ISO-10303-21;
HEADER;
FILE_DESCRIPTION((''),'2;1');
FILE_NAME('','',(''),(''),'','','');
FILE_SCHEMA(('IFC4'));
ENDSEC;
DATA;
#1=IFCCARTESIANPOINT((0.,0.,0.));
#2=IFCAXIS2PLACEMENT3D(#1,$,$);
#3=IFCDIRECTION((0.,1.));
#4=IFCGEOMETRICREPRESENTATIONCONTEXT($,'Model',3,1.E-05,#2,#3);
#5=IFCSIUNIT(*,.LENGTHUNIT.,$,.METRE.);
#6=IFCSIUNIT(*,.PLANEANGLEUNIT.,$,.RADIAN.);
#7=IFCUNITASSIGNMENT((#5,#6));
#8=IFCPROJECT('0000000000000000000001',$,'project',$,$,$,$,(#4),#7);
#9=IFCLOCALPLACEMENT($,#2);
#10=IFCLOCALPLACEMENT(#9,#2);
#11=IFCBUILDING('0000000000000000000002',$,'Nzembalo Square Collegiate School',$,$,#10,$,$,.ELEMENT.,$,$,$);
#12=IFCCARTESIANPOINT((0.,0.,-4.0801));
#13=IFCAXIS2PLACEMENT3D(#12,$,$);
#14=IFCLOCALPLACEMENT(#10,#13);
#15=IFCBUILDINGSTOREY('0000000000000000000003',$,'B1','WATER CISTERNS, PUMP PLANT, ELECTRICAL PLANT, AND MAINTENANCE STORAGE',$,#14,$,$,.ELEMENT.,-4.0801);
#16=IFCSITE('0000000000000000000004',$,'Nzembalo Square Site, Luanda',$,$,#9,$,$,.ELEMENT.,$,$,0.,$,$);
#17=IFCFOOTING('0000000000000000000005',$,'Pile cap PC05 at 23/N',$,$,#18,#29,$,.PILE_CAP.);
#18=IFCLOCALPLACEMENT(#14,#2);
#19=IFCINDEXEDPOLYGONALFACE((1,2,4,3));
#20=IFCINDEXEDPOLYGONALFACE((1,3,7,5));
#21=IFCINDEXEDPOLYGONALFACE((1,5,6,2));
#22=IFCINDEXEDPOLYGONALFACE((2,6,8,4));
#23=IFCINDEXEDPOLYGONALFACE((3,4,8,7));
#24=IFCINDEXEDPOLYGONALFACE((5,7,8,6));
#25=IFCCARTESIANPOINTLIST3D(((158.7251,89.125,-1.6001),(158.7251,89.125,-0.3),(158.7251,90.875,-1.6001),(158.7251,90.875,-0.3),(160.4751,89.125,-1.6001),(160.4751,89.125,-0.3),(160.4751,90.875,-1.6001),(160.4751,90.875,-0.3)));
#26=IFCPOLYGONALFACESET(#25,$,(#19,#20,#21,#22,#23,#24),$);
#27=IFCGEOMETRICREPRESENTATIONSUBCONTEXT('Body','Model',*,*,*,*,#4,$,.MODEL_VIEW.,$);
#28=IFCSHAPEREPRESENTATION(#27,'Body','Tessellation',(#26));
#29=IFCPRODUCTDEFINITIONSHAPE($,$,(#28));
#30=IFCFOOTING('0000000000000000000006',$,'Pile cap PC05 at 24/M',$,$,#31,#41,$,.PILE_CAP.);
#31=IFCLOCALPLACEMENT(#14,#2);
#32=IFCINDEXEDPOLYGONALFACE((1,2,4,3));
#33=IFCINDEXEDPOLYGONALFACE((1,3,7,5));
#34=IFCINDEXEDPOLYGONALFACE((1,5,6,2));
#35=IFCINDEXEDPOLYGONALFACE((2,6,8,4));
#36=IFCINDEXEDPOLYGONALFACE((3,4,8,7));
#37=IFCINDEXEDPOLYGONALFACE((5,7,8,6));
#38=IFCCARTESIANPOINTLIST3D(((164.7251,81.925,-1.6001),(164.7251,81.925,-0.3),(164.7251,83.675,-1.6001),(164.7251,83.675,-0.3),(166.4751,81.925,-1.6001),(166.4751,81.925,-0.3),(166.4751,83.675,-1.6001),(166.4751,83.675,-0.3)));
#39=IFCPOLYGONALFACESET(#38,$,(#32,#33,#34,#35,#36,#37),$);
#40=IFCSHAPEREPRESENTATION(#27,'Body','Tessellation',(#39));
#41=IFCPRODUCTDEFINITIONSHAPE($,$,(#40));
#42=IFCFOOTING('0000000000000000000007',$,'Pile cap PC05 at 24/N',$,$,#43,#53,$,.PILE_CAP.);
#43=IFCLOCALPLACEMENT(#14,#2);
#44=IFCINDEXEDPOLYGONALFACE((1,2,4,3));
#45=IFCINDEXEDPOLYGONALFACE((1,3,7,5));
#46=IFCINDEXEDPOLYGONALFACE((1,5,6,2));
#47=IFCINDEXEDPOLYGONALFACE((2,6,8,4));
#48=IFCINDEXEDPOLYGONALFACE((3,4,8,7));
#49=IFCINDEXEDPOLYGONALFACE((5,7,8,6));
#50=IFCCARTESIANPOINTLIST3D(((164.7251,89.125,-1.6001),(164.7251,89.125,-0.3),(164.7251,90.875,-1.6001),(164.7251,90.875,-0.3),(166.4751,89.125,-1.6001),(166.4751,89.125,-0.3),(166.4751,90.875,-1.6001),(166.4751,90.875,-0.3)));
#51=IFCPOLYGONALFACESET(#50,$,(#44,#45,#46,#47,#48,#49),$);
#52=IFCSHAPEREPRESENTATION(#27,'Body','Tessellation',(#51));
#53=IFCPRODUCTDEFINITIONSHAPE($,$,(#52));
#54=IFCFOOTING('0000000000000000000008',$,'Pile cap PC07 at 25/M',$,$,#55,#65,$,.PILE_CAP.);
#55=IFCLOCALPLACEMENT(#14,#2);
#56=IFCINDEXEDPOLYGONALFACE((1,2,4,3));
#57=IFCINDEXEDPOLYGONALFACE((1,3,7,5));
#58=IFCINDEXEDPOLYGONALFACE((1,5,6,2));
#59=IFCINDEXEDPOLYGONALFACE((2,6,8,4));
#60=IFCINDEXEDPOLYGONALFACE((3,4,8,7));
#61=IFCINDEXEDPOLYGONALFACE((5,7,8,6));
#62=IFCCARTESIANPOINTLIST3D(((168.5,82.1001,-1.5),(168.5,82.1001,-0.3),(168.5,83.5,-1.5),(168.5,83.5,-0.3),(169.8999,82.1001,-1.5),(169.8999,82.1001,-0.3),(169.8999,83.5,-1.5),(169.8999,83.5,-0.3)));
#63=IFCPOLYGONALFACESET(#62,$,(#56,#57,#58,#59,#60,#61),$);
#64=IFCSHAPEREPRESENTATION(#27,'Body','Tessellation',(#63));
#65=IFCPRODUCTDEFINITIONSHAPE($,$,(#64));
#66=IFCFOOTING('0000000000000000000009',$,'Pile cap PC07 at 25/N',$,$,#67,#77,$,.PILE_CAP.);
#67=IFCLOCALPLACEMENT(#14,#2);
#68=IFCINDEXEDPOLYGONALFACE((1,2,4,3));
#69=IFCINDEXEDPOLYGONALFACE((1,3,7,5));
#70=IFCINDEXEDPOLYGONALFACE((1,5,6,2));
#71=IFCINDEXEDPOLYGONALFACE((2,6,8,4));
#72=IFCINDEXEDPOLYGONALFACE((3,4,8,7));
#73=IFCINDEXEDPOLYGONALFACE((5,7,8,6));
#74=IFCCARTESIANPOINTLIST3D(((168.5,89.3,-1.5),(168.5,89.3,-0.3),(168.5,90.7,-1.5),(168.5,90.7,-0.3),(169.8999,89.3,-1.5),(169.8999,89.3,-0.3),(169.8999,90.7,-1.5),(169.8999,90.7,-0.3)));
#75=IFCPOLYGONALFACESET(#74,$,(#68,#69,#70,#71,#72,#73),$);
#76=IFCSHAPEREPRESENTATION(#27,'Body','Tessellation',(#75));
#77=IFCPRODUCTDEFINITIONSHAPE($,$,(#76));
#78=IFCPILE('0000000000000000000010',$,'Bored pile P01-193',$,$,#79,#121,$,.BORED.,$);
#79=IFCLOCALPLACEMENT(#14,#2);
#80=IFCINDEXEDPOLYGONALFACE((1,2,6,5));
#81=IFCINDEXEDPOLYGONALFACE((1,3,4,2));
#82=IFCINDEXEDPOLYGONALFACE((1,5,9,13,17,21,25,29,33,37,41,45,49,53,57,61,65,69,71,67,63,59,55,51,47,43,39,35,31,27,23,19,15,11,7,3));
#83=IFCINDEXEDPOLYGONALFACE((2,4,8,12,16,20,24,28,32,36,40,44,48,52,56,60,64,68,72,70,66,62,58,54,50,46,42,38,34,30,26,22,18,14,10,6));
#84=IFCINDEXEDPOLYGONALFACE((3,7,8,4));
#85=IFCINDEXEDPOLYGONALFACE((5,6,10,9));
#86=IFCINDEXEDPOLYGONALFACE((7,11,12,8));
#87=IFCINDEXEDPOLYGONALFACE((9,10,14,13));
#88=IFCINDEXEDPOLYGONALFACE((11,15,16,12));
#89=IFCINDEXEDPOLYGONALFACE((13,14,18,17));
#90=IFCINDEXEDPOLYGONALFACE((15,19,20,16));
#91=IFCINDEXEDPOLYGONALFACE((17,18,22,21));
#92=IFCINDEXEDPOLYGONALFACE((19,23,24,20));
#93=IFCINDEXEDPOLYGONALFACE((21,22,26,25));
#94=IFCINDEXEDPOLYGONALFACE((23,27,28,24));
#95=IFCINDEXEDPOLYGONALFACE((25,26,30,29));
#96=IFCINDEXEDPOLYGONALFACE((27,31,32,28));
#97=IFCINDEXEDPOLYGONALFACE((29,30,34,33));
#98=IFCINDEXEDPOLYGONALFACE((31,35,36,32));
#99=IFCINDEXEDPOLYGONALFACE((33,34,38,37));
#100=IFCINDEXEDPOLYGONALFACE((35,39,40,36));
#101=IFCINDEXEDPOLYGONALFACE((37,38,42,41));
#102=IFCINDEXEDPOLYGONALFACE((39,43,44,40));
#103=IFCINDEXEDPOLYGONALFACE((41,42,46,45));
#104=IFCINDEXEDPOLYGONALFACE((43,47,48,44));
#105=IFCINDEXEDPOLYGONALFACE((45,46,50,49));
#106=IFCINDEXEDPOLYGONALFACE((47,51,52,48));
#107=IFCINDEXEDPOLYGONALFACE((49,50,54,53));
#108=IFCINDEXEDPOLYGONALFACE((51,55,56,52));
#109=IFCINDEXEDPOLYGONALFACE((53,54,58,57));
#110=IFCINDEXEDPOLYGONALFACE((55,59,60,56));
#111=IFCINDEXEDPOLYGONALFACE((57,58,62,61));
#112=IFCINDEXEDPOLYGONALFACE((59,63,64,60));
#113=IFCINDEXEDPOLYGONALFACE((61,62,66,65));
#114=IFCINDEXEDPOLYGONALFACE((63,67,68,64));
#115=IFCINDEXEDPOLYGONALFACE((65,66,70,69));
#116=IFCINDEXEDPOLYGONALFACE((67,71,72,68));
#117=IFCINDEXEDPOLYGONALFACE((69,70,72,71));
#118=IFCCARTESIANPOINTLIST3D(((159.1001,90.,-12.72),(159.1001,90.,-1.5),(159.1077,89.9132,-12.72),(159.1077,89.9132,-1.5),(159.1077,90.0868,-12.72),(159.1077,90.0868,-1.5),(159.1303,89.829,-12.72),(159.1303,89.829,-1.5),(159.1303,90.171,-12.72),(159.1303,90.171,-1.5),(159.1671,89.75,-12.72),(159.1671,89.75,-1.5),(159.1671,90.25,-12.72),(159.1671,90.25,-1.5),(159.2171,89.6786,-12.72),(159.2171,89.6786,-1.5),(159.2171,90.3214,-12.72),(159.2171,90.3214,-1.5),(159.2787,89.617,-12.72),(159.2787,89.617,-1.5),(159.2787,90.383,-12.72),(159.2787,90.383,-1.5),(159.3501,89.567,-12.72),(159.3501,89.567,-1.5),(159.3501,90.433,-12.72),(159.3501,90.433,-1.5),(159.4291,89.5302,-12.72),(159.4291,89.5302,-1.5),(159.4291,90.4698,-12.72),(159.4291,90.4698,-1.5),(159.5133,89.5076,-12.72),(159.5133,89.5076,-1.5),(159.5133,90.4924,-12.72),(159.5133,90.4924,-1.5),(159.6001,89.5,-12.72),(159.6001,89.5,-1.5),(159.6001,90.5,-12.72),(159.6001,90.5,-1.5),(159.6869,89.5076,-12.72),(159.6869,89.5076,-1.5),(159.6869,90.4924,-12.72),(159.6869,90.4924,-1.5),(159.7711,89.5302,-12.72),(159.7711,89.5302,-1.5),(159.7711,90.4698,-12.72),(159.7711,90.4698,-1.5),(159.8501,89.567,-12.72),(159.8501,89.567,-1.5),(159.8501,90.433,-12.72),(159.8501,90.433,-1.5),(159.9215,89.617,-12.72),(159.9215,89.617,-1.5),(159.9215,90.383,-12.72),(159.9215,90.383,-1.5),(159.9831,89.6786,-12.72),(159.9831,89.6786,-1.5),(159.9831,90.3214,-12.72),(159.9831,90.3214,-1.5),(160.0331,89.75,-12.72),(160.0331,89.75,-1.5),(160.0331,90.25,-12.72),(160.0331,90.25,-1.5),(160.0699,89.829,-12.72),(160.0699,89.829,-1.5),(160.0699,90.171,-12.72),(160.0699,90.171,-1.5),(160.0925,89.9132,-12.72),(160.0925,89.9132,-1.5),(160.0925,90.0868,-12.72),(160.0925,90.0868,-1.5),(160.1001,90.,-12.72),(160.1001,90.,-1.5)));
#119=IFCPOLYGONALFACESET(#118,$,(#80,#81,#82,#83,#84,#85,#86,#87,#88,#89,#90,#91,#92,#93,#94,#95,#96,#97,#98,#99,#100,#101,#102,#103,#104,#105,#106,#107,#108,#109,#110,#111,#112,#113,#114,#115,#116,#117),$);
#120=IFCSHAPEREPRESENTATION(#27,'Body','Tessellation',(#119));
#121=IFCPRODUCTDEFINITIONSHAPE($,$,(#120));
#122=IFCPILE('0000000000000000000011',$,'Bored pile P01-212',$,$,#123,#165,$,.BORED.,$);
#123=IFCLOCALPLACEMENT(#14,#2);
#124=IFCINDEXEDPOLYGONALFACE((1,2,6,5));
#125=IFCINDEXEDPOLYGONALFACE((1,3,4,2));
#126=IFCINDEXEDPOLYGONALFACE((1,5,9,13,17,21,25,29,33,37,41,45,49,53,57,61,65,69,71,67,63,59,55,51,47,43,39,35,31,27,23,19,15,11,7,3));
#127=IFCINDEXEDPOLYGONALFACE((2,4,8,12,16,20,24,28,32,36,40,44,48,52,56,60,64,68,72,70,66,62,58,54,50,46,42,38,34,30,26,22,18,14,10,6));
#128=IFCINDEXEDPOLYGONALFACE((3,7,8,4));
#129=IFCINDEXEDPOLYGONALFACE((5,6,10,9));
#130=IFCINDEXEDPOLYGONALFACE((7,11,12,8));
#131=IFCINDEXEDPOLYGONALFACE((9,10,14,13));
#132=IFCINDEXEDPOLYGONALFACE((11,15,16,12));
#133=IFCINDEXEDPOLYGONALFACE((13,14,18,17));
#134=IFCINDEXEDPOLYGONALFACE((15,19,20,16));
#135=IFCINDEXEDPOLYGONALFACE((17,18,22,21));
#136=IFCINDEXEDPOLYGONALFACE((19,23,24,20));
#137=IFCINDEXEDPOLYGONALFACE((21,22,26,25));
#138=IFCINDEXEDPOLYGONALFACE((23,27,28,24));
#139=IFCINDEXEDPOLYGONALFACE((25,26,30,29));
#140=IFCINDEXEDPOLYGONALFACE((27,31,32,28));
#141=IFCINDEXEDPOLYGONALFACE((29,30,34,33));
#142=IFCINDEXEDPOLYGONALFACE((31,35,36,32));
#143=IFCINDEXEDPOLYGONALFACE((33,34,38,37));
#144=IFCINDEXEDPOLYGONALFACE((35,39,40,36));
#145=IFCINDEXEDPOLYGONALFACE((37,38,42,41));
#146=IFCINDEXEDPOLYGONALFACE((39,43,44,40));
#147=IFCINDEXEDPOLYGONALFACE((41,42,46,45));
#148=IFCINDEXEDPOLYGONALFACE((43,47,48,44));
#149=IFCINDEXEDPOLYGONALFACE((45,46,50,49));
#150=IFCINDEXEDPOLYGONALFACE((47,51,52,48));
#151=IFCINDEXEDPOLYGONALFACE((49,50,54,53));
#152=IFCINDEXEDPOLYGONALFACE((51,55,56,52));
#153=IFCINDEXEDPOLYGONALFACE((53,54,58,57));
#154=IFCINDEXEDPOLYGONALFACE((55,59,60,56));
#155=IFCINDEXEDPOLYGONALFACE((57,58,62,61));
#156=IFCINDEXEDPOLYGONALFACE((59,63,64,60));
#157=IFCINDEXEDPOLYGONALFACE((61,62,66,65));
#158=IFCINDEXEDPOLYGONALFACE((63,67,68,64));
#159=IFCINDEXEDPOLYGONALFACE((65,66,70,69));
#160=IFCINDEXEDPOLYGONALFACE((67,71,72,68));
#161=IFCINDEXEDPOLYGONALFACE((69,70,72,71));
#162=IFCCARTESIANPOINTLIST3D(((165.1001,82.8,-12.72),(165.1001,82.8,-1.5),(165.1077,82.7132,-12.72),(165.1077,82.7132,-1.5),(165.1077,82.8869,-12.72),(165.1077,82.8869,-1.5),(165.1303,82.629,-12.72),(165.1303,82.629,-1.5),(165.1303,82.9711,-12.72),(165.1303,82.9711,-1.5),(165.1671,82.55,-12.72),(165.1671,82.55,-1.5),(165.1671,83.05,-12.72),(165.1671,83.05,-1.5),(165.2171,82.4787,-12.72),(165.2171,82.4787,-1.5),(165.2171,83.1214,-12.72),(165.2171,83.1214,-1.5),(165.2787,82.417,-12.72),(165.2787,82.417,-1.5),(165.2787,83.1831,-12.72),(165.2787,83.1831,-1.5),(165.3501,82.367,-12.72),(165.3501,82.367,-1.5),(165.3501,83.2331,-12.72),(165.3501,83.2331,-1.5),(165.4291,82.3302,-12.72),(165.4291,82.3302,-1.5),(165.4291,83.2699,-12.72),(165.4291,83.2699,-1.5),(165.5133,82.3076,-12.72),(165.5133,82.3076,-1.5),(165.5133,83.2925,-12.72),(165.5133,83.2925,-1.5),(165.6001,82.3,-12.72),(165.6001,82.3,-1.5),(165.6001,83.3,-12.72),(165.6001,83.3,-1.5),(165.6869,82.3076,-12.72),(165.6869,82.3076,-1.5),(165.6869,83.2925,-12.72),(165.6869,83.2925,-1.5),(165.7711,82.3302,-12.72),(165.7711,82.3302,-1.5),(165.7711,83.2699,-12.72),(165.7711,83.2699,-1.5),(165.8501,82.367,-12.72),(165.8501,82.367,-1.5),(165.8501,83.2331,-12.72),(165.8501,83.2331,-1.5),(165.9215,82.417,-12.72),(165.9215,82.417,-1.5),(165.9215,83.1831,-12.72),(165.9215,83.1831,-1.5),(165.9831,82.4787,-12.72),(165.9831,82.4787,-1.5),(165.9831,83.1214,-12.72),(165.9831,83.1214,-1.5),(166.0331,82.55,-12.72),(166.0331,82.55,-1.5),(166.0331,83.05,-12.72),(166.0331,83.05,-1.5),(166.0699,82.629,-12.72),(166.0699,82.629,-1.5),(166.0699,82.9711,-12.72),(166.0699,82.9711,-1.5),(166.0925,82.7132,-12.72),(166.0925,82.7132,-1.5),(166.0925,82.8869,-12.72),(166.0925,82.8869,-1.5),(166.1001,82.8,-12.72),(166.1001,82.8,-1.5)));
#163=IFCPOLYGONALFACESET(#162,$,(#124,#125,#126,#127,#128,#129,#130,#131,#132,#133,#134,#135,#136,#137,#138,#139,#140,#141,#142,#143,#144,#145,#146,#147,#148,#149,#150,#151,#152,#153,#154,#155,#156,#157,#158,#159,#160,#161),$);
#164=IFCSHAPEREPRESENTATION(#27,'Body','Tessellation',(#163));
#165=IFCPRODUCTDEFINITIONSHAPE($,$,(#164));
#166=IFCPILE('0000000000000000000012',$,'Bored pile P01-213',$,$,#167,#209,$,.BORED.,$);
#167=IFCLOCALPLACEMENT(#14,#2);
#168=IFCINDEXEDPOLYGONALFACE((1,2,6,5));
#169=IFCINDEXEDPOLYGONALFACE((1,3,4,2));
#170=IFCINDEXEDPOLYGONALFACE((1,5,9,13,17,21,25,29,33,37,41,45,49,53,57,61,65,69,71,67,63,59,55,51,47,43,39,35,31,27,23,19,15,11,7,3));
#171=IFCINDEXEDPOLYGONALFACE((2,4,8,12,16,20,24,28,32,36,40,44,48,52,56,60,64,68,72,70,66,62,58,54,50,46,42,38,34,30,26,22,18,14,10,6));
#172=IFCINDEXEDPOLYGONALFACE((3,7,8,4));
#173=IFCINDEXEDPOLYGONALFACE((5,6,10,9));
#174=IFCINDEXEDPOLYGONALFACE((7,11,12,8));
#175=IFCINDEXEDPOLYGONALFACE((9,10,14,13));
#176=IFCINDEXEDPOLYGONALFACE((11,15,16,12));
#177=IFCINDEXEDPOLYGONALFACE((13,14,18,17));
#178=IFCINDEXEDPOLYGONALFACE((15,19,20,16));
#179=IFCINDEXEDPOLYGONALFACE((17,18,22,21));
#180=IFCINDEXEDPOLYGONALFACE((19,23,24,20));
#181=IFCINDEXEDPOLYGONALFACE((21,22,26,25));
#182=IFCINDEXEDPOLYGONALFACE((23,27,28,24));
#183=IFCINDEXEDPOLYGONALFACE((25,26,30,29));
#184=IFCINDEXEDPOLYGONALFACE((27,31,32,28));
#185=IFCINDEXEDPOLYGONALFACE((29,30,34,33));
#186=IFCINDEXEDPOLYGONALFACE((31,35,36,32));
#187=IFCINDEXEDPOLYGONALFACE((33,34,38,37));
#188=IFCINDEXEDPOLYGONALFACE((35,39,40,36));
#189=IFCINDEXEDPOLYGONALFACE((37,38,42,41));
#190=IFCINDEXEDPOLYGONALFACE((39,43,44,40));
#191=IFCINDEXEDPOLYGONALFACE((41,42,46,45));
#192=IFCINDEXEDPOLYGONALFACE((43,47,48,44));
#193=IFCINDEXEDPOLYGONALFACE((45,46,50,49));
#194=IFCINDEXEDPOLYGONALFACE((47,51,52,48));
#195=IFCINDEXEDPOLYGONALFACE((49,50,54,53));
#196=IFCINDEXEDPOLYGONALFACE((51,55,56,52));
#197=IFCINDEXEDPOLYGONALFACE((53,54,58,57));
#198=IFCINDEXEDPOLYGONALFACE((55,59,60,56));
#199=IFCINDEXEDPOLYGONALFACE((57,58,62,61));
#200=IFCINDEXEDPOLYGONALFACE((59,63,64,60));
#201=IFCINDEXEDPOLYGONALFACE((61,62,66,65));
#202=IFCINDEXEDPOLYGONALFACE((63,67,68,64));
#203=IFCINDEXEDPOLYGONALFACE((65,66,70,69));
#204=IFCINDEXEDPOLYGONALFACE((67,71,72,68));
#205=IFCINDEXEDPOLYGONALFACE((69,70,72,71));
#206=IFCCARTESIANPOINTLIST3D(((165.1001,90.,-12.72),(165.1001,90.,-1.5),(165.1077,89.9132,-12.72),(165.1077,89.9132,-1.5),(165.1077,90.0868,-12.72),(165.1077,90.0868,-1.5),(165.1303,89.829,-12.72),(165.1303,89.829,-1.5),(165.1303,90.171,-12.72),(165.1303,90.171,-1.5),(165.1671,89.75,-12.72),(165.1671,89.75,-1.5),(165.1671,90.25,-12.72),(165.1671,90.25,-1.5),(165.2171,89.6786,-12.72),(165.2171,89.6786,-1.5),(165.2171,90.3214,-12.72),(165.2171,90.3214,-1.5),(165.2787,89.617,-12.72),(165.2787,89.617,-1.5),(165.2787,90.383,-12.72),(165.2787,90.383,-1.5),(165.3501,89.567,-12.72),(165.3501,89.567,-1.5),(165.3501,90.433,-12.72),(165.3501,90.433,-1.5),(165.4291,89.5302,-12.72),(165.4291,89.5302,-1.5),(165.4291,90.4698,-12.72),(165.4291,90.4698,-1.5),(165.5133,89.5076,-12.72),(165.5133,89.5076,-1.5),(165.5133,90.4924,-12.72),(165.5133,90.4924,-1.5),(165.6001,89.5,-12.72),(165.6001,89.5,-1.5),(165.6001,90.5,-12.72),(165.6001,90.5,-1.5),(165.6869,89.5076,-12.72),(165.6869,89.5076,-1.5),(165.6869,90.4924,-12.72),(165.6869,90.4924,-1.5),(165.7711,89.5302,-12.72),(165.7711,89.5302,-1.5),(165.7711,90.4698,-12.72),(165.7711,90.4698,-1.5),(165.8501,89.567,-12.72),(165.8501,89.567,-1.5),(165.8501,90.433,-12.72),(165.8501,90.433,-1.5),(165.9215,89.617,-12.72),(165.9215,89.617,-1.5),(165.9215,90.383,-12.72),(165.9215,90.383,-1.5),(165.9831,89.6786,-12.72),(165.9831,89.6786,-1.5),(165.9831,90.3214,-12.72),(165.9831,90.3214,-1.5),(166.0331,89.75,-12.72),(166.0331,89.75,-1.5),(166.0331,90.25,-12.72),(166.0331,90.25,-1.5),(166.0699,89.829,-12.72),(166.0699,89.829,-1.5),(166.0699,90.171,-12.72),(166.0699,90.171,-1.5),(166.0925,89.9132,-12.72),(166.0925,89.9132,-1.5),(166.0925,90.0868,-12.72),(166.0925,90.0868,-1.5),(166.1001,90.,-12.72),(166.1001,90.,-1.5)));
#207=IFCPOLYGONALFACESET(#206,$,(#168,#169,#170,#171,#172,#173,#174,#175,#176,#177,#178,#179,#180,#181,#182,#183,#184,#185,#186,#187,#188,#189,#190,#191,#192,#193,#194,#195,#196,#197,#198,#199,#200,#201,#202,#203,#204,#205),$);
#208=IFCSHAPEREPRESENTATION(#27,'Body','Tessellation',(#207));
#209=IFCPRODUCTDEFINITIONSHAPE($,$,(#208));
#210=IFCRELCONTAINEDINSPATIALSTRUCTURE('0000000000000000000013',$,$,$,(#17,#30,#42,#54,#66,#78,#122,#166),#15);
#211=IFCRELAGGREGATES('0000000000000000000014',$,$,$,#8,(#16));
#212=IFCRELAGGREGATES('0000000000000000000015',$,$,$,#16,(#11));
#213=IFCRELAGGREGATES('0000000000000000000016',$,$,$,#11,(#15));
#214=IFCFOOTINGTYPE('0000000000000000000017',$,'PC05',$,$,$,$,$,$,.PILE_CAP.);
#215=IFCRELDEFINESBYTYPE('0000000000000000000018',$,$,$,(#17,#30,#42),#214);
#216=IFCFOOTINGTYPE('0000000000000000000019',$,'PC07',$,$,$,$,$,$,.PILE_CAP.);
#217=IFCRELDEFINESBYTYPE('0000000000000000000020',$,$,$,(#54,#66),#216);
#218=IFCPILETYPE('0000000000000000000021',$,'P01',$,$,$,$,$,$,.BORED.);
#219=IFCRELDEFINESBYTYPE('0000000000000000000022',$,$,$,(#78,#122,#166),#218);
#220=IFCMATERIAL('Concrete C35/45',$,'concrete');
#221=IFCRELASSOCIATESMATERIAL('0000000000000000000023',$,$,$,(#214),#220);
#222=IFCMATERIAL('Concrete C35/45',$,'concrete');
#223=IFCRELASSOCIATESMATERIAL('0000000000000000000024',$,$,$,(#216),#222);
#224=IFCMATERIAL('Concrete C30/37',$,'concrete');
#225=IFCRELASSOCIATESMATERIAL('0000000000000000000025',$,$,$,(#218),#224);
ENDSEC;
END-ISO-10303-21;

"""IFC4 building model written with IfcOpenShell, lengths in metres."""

from ifc_helpers import new_model, si_unit, direction, frame, origin, origin_2d, place, context, subcontext, project, spatial, rectangle, circle, extrude, material, material_profile, profile_set, type_object, element, save


model = new_model("IFC4")

# Units and contexts
model_context = context("Model", 3, precision=1e-05, world=origin(), true_north=direction((0.0, 1.0)))
body_context = subcontext(model_context, "Body", "Model", "MODEL_VIEW")
ifc_project = project(units=[si_unit("LENGTHUNIT", "METRE"), si_unit("PLANEANGLEUNIT", "RADIAN")], contexts=[model_context])

# Site, building, storey
site_placement = place(None, origin())
site = spatial("IfcSite", under=ifc_project, at=site_placement, Name="Nzembalo Square Site, Luanda", CompositionType="ELEMENT", RefElevation=0.0)
building_placement = place(site_placement, origin())
building = spatial("IfcBuilding", under=site, at=building_placement, Name="Nzembalo Square Collegiate School", CompositionType="ELEMENT")
storey_placement = place(building_placement, frame((0.0, 0.0, -4.0801)))
storey = spatial("IfcBuildingStorey", under=building, at=storey_placement, Name="B1", Description="WATER CISTERNS, PUMP PLANT, ELECTRICAL PLANT, AND MAINTENANCE STORAGE", CompositionType="ELEMENT", Elevation=-4.0801)

# Footings
ifc_material_1 = material(Name="Concrete C35/45", Category="concrete")
footing_type_1 = type_object("IfcFootingType", Name="PC05", PredefinedType="PILE_CAP", material=ifc_material_1)
for number, where, z_axis, x_axis, name in (
    (1, (159.6001, 90.0, -1.6001), (0.0, 0.0, 1.0), (1.0, 0.0, 0.0), "Pile cap PC05 at 23/N"),
    (2, (165.6001, 82.8, -1.6001), (0.0, 0.0, 1.0), (1.0, 0.0, 0.0), "Pile cap PC05 at 24/M"),
    (3, (165.6001, 90.0, -1.6001), (0.0, 0.0, 1.0), (1.0, 0.0, 0.0), "Pile cap PC05 at 24/N"),
):
    element("IfcFooting", number, at=place(storey_placement, frame(where, z_axis=z_axis, x_axis=x_axis)), inside=storey, type_object=footing_type_1, Name=name, PredefinedType="PILE_CAP", context=body_context, shape_type="SweptSolid", body=[
        extrude(rectangle(XDim=1.75, YDim=1.75, at=origin_2d()), origin(), (0.0, 0.0, 1.0), 1.3),
    ])
ifc_material_2 = material(Name="Concrete C35/45", Category="concrete")
footing_type_2 = type_object("IfcFootingType", Name="PC07", PredefinedType="PILE_CAP", material=ifc_material_2)
for number, where, z_axis, x_axis, name in (
    (4, (169.2, 82.8, -1.5), (0.0, 0.0, 1.0), (1.0, 0.0, 0.0), "Pile cap PC07 at 25/M"),
    (5, (169.2, 90.0, -1.5), (0.0, 0.0, 1.0), (1.0, 0.0, 0.0), "Pile cap PC07 at 25/N"),
):
    element("IfcFooting", number, at=place(storey_placement, frame(where, z_axis=z_axis, x_axis=x_axis)), inside=storey, type_object=footing_type_2, Name=name, PredefinedType="PILE_CAP", context=body_context, shape_type="SweptSolid", body=[
        extrude(rectangle(XDim=1.3999, YDim=1.3999, at=origin_2d()), origin(), (0.0, 0.0, 1.0), 1.2),
    ])

# Piles
ifc_material_3 = material(Name="Concrete C30/37", Category="concrete")
ifc_material_profile_1 = material_profile(ifc_material_3, circle(Radius=0.5, at=origin_2d()), Name="PILE D1000")
ifc_profile_set_1 = profile_set([ifc_material_profile_1], Name="Concrete C30/37")
pile_type_1 = type_object("IfcPileType", Name="P01", PredefinedType="BORED", material=ifc_profile_set_1)
for number, where, z_axis, x_axis, name in (
    (6, (159.6001, 90.0, -1.5), (0.0, 0.0, -1.0), (1.0, 0.0, 0.0), "Bored pile P01-193"),
    (7, (165.6001, 82.8, -1.5), (0.0, 0.0, -1.0), (1.0, 0.0, 0.0), "Bored pile P01-212"),
    (8, (165.6001, 90.0, -1.5), (0.0, 0.0, -1.0), (1.0, 0.0, 0.0), "Bored pile P01-213"),
):
    element("IfcPile", number, at=place(storey_placement, frame(where, z_axis=z_axis, x_axis=x_axis)), inside=storey, type_object=pile_type_1, Name=name, PredefinedType="BORED", context=body_context, shape_type="SweptSolid", body=[
        extrude(circle(Radius=0.5, at=origin_2d()), origin(), (0.0, 0.0, 1.0), 11.22),
    ])

save(model, "model.ifc")
